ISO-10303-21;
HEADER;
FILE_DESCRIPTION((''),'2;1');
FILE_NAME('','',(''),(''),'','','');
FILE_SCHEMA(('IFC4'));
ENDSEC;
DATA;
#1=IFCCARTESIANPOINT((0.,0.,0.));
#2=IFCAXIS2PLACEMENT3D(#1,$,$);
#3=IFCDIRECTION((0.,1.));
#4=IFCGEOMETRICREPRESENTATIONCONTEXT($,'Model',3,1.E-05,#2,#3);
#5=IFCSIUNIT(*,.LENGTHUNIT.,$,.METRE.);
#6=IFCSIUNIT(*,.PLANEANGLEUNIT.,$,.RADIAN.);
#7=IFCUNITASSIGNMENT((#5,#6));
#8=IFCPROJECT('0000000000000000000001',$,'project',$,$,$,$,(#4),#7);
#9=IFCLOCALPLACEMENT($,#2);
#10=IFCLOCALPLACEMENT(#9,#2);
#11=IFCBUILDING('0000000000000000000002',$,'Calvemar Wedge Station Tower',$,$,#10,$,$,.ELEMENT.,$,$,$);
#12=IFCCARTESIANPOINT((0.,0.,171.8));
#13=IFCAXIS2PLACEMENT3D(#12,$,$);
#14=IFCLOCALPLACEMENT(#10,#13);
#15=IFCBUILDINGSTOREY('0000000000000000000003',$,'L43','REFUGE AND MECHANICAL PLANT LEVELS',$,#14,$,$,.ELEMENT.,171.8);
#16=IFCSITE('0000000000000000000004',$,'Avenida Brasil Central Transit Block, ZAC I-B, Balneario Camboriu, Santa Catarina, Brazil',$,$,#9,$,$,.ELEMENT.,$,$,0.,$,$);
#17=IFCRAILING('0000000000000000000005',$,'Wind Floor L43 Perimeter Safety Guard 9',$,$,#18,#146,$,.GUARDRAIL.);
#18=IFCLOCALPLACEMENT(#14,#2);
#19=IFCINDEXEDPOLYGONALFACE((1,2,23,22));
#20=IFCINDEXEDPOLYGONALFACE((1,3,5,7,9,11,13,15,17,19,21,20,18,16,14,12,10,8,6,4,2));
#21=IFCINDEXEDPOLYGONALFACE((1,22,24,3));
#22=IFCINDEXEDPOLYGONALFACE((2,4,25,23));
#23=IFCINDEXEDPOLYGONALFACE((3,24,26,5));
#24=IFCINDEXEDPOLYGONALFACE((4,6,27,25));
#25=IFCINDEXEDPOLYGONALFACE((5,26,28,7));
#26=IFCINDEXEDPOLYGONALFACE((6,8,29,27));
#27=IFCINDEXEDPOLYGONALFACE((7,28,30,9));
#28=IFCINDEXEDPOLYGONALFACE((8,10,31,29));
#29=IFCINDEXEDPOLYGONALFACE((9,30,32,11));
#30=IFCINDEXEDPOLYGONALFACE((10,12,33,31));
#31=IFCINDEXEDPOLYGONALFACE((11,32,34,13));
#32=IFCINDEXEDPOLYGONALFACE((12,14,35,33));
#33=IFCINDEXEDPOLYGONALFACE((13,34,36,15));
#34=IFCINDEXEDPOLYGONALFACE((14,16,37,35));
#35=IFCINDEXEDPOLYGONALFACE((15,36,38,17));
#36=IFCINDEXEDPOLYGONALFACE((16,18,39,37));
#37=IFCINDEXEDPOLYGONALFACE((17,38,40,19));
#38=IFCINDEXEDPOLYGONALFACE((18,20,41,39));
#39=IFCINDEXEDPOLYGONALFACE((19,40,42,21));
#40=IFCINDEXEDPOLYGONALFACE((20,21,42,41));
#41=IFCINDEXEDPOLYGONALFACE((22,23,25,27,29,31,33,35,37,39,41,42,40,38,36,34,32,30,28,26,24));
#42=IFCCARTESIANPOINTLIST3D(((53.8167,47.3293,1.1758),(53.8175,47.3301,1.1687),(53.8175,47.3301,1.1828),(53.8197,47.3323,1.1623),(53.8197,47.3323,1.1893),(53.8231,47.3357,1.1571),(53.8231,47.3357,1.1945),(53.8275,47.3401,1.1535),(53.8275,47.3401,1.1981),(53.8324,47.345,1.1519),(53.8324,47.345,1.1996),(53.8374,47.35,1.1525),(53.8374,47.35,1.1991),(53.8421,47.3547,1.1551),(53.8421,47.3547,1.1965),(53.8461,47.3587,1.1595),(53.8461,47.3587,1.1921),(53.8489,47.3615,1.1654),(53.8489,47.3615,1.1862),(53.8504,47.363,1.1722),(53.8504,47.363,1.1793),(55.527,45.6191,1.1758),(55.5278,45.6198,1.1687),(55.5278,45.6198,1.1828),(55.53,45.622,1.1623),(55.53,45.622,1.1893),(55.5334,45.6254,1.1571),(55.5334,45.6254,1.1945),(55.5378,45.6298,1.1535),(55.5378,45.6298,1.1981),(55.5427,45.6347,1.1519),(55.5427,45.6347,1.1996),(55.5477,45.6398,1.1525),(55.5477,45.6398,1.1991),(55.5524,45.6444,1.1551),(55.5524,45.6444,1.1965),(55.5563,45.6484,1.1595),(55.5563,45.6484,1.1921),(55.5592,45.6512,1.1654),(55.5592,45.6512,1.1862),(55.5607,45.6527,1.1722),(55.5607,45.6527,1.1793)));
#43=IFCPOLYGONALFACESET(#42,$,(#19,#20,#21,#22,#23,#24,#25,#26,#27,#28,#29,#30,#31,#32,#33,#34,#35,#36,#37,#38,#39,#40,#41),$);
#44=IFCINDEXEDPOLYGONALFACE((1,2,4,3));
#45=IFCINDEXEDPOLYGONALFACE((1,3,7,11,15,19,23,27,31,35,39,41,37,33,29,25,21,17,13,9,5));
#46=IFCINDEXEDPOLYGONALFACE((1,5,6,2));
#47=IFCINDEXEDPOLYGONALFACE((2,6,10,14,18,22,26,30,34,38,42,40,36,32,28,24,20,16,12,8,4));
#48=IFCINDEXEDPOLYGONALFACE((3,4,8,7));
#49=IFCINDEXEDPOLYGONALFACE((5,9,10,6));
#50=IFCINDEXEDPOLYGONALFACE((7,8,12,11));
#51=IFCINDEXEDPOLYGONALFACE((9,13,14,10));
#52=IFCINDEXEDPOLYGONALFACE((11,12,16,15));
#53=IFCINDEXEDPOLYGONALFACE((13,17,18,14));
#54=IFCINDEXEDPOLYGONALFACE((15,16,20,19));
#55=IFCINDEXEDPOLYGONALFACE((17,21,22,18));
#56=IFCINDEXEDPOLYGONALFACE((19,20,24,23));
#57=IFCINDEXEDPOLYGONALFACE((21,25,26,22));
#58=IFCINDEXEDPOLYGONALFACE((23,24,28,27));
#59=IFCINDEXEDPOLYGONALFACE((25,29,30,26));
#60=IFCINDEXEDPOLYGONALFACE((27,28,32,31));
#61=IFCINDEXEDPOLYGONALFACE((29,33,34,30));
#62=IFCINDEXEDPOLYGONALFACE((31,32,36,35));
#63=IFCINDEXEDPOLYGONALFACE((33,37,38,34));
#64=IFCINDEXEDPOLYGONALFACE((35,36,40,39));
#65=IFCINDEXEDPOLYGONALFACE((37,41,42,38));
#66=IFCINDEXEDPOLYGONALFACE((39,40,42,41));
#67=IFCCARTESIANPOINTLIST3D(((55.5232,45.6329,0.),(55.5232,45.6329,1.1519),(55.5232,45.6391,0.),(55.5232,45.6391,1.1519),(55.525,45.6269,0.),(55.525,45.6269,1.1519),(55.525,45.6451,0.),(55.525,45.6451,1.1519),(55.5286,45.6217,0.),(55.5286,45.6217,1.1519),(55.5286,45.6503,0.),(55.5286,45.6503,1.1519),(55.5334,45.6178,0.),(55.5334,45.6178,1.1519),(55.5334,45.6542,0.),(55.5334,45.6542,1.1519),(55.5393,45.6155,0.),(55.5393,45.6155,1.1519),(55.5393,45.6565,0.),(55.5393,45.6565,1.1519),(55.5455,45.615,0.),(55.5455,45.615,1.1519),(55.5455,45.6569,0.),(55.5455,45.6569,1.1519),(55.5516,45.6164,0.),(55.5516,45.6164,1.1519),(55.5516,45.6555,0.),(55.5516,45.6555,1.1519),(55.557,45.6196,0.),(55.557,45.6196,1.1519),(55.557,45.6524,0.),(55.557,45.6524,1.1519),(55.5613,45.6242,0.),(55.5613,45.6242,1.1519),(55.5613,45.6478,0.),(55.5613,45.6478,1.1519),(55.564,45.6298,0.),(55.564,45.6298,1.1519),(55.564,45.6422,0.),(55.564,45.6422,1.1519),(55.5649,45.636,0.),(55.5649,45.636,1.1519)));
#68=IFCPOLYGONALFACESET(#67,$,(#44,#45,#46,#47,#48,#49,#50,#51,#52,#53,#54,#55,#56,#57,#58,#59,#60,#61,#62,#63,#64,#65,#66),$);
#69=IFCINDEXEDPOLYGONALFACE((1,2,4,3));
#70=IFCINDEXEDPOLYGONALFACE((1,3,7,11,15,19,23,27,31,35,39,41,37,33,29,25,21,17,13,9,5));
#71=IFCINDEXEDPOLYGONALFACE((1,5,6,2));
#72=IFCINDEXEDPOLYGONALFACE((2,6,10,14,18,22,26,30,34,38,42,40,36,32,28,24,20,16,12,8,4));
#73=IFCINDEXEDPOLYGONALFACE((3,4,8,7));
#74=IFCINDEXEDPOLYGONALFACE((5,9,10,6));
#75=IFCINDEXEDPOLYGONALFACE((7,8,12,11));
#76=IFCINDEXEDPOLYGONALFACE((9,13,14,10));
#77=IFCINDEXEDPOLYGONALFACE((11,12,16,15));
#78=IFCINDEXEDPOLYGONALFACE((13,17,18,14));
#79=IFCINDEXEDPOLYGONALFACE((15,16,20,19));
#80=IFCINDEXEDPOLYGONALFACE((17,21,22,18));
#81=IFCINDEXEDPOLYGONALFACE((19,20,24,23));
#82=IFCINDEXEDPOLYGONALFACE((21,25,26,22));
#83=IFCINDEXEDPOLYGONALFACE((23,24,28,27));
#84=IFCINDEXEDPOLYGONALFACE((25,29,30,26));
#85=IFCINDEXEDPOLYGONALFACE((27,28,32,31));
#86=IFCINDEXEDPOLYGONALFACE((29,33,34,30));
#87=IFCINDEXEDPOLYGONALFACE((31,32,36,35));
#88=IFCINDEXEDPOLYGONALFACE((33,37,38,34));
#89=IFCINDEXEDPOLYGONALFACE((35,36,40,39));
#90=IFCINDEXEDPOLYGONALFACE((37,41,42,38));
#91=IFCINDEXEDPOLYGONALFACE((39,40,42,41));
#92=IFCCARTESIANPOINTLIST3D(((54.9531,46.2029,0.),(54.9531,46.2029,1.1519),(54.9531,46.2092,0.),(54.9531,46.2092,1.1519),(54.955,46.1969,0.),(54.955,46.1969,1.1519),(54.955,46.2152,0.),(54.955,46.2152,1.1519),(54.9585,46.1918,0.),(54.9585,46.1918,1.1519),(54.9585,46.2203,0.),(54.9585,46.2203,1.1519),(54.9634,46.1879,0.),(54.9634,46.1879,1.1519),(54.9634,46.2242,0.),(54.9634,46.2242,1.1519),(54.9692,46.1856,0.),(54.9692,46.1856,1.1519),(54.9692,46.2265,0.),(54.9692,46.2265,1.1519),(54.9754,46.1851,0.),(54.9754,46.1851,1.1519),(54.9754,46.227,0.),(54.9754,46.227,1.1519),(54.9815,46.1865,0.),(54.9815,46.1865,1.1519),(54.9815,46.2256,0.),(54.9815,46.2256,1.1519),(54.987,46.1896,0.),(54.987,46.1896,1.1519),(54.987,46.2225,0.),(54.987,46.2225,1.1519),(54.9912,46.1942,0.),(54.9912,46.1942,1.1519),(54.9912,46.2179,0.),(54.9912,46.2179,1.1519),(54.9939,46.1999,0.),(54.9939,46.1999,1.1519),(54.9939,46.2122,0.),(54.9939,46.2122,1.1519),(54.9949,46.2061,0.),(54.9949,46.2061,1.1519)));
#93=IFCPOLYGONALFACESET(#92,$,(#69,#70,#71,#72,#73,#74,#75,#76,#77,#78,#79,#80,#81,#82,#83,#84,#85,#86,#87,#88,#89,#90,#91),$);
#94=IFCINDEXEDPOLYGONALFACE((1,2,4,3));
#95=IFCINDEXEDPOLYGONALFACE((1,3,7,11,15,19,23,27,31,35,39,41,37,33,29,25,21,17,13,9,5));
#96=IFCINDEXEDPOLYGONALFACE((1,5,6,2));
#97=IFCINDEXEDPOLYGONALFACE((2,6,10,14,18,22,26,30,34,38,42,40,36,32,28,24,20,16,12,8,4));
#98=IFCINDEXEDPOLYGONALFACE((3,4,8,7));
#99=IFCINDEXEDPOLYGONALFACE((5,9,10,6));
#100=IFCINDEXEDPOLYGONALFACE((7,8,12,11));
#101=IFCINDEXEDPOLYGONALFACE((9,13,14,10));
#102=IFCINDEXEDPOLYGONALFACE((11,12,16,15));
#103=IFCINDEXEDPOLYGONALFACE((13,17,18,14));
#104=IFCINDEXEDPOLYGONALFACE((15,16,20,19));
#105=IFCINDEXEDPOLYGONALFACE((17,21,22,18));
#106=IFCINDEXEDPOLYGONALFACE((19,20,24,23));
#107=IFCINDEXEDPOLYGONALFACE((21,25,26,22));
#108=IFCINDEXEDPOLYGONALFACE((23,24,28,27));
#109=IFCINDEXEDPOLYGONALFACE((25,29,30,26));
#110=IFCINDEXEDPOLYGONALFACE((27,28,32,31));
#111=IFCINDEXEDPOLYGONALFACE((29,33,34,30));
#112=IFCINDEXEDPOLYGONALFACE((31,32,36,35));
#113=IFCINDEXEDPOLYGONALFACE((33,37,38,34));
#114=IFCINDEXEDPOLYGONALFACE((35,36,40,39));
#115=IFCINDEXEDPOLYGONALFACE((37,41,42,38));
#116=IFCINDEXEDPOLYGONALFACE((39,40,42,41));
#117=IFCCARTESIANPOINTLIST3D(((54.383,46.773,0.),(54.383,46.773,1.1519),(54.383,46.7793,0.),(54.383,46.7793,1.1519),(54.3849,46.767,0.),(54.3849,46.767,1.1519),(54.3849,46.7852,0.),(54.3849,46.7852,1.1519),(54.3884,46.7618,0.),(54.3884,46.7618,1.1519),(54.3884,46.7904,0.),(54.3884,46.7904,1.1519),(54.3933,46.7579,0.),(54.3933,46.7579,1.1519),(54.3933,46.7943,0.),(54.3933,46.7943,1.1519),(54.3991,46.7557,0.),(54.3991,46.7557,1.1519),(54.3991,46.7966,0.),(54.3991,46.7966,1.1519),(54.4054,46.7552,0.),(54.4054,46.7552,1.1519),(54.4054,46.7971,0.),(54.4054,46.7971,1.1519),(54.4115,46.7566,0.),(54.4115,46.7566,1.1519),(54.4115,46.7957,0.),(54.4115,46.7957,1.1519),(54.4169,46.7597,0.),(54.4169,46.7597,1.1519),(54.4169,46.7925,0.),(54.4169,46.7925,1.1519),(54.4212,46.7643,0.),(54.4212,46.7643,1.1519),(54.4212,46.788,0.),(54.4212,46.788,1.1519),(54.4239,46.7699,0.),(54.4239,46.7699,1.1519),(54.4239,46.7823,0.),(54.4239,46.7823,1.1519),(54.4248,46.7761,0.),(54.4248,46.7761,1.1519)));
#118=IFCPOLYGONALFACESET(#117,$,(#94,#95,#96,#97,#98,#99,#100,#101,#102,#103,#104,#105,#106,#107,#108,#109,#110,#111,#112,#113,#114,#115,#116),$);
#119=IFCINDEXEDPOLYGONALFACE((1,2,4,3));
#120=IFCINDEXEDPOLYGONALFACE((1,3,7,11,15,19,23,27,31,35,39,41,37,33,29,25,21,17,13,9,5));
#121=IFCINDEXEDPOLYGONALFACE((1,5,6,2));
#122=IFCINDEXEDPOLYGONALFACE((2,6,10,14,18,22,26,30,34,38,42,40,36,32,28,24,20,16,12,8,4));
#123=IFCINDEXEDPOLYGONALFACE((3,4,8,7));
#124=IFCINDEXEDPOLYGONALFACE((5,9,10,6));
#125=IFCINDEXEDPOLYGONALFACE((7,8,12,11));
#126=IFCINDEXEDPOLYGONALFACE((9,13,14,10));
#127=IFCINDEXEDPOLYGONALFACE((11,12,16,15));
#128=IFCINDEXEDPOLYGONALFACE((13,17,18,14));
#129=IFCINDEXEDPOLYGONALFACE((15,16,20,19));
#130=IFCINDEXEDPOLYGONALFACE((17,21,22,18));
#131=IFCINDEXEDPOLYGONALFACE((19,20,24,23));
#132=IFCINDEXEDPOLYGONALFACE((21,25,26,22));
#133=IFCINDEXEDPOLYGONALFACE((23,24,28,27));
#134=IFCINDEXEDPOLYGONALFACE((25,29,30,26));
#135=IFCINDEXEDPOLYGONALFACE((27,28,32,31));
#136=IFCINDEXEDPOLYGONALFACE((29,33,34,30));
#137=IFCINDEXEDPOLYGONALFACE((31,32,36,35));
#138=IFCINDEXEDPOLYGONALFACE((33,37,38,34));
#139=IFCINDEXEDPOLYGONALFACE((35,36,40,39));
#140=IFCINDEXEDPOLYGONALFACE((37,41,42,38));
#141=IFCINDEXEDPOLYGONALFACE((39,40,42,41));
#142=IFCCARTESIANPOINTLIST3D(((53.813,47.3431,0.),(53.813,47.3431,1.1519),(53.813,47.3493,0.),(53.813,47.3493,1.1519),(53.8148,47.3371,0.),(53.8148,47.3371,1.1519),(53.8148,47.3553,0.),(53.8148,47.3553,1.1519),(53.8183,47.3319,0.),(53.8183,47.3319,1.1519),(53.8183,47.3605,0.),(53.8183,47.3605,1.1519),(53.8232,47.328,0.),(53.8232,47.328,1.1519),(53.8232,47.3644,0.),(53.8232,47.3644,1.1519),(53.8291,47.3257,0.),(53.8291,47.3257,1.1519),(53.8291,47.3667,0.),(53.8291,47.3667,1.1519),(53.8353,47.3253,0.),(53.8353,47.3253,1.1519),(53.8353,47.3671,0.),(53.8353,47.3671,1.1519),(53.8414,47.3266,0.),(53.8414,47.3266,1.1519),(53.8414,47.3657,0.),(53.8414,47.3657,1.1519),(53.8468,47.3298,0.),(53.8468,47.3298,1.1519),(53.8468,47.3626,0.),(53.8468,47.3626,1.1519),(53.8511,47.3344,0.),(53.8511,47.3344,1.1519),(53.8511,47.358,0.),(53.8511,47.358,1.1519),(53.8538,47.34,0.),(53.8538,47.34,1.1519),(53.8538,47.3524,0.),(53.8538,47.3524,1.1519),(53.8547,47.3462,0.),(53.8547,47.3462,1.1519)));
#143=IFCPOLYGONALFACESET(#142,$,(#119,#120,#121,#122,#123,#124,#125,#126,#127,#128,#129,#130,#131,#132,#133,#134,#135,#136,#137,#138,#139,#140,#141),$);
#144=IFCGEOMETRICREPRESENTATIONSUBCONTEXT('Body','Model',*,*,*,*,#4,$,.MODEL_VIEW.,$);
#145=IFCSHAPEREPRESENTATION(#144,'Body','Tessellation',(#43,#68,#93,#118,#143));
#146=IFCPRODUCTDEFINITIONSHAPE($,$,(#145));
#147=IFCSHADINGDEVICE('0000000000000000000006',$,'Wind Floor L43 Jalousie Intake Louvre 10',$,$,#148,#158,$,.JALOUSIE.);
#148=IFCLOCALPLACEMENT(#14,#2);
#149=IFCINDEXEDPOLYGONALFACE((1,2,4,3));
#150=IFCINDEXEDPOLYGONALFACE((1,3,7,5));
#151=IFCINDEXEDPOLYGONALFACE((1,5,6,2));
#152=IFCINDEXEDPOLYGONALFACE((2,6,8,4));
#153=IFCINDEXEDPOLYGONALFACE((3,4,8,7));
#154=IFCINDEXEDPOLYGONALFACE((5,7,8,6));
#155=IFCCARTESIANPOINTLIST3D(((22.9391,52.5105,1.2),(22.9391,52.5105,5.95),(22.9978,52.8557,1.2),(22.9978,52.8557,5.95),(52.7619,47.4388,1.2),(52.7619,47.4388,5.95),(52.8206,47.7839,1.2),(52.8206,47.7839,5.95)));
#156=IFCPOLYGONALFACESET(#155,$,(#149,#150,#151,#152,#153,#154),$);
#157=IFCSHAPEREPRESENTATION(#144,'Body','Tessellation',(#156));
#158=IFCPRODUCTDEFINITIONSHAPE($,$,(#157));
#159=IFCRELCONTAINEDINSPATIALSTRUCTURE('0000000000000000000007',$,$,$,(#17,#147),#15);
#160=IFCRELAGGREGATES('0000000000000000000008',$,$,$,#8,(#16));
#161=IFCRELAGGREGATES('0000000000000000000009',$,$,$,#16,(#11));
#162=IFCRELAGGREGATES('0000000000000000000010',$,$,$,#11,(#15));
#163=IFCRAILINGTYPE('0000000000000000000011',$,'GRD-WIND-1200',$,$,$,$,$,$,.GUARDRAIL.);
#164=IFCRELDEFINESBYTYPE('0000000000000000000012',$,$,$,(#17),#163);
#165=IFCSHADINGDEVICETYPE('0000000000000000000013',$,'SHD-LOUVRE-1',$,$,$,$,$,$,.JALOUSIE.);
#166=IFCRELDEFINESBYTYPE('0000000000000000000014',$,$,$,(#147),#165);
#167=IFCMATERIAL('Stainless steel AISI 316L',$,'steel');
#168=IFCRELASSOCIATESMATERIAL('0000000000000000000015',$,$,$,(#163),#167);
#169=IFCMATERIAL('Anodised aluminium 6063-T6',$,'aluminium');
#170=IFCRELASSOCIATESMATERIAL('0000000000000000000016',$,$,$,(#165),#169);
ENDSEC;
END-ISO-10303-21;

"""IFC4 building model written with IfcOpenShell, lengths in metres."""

from ifc_helpers import new_model, si_unit, direction, frame, frame_2d, origin, origin_2d, place, context, subcontext, project, spatial, rectangle, circle, extrude, material, type_object, element, save


model = new_model("IFC4")

# Units and contexts
model_context = context("Model", 3, precision=1e-05, world=origin(), true_north=direction((0.0, 1.0)))
body_context = subcontext(model_context, "Body", "Model", "MODEL_VIEW")
ifc_project = project(units=[si_unit("LENGTHUNIT", "METRE"), si_unit("PLANEANGLEUNIT", "RADIAN")], contexts=[model_context])

# Site, building, storey
site_placement = place(None, origin())
site = spatial("IfcSite", under=ifc_project, at=site_placement, Name="Avenida Brasil Central Transit Block, ZAC I-B, Balneario Camboriu, Santa Catarina, Brazil", CompositionType="ELEMENT", RefElevation=0.0)
building_placement = place(site_placement, origin())
building = spatial("IfcBuilding", under=site, at=building_placement, Name="Calvemar Wedge Station Tower", CompositionType="ELEMENT")
storey_placement = place(building_placement, frame((0.0, 0.0, 171.8)))
storey = spatial("IfcBuildingStorey", under=building, at=storey_placement, Name="L43", Description="REFUGE AND MECHANICAL PLANT LEVELS", CompositionType="ELEMENT", Elevation=171.8)

# Railing
ifc_material_1 = material(Name="Stainless steel AISI 316L", Category="steel")
railing_type = type_object("IfcRailingType", Name="GRD-WIND-1200", PredefinedType="GUARDRAIL", material=ifc_material_1)
railing_1_placement = place(storey_placement, frame((55.5439, 45.636, 0.0)))
element("IfcRailing", 1, at=railing_1_placement, inside=storey, type_object=railing_type, Name="Wind Floor L43 Perimeter Safety Guard 9", PredefinedType="GUARDRAIL", context=body_context, shape_type="SweptSolid", body=[
    extrude(circle(Radius=0.0239, at=origin_2d()), frame((0.0, 0.0, 1.1758), z_axis=(-0.707107, 0.707107, 0.0), x_axis=(-0.707107, -0.707107, 0.0)), (0.0, 0.0, 1.0), 2.4187),
    extrude(circle(Radius=0.021, at=origin_2d()), origin(), (0.0, 0.0, 1.0), 1.1519),
    extrude(circle(Radius=0.021, at=origin_2d()), frame((-0.5701, 0.5701, 0.0)), (0.0, 0.0, 1.0), 1.1519),
    extrude(circle(Radius=0.021, at=origin_2d()), frame((-1.1401, 1.1401, 0.0)), (0.0, 0.0, 1.0), 1.1519),
    extrude(circle(Radius=0.021, at=origin_2d()), frame((-1.7102, 1.7102, 0.0)), (0.0, 0.0, 1.0), 1.1519),
])

# Shading device
ifc_material_2 = material(Name="Anodised aluminium 6063-T6", Category="aluminium")
shading_device_type = type_object("IfcShadingDeviceType", Name="SHD-LOUVRE-1", PredefinedType="JALOUSIE", material=ifc_material_2)
shading_device_placement = place(storey_placement, frame((52.7913, 47.6113, 1.2), z_axis=(0.0, 0.0, 1.0), x_axis=(-0.985845, 0.167657, 0.0)))
element("IfcShadingDevice", 2, at=shading_device_placement, inside=storey, type_object=shading_device_type, Name="Wind Floor L43 Jalousie Intake Louvre 10", PredefinedType="JALOUSIE", context=body_context, shape_type="SweptSolid", body=[
    extrude(rectangle(XDim=30.251, YDim=0.3501, at=frame_2d((15.1255, 0.0))), origin(), (0.0, 0.0, 1.0), 4.75),
])

save(model, "model.ifc")
